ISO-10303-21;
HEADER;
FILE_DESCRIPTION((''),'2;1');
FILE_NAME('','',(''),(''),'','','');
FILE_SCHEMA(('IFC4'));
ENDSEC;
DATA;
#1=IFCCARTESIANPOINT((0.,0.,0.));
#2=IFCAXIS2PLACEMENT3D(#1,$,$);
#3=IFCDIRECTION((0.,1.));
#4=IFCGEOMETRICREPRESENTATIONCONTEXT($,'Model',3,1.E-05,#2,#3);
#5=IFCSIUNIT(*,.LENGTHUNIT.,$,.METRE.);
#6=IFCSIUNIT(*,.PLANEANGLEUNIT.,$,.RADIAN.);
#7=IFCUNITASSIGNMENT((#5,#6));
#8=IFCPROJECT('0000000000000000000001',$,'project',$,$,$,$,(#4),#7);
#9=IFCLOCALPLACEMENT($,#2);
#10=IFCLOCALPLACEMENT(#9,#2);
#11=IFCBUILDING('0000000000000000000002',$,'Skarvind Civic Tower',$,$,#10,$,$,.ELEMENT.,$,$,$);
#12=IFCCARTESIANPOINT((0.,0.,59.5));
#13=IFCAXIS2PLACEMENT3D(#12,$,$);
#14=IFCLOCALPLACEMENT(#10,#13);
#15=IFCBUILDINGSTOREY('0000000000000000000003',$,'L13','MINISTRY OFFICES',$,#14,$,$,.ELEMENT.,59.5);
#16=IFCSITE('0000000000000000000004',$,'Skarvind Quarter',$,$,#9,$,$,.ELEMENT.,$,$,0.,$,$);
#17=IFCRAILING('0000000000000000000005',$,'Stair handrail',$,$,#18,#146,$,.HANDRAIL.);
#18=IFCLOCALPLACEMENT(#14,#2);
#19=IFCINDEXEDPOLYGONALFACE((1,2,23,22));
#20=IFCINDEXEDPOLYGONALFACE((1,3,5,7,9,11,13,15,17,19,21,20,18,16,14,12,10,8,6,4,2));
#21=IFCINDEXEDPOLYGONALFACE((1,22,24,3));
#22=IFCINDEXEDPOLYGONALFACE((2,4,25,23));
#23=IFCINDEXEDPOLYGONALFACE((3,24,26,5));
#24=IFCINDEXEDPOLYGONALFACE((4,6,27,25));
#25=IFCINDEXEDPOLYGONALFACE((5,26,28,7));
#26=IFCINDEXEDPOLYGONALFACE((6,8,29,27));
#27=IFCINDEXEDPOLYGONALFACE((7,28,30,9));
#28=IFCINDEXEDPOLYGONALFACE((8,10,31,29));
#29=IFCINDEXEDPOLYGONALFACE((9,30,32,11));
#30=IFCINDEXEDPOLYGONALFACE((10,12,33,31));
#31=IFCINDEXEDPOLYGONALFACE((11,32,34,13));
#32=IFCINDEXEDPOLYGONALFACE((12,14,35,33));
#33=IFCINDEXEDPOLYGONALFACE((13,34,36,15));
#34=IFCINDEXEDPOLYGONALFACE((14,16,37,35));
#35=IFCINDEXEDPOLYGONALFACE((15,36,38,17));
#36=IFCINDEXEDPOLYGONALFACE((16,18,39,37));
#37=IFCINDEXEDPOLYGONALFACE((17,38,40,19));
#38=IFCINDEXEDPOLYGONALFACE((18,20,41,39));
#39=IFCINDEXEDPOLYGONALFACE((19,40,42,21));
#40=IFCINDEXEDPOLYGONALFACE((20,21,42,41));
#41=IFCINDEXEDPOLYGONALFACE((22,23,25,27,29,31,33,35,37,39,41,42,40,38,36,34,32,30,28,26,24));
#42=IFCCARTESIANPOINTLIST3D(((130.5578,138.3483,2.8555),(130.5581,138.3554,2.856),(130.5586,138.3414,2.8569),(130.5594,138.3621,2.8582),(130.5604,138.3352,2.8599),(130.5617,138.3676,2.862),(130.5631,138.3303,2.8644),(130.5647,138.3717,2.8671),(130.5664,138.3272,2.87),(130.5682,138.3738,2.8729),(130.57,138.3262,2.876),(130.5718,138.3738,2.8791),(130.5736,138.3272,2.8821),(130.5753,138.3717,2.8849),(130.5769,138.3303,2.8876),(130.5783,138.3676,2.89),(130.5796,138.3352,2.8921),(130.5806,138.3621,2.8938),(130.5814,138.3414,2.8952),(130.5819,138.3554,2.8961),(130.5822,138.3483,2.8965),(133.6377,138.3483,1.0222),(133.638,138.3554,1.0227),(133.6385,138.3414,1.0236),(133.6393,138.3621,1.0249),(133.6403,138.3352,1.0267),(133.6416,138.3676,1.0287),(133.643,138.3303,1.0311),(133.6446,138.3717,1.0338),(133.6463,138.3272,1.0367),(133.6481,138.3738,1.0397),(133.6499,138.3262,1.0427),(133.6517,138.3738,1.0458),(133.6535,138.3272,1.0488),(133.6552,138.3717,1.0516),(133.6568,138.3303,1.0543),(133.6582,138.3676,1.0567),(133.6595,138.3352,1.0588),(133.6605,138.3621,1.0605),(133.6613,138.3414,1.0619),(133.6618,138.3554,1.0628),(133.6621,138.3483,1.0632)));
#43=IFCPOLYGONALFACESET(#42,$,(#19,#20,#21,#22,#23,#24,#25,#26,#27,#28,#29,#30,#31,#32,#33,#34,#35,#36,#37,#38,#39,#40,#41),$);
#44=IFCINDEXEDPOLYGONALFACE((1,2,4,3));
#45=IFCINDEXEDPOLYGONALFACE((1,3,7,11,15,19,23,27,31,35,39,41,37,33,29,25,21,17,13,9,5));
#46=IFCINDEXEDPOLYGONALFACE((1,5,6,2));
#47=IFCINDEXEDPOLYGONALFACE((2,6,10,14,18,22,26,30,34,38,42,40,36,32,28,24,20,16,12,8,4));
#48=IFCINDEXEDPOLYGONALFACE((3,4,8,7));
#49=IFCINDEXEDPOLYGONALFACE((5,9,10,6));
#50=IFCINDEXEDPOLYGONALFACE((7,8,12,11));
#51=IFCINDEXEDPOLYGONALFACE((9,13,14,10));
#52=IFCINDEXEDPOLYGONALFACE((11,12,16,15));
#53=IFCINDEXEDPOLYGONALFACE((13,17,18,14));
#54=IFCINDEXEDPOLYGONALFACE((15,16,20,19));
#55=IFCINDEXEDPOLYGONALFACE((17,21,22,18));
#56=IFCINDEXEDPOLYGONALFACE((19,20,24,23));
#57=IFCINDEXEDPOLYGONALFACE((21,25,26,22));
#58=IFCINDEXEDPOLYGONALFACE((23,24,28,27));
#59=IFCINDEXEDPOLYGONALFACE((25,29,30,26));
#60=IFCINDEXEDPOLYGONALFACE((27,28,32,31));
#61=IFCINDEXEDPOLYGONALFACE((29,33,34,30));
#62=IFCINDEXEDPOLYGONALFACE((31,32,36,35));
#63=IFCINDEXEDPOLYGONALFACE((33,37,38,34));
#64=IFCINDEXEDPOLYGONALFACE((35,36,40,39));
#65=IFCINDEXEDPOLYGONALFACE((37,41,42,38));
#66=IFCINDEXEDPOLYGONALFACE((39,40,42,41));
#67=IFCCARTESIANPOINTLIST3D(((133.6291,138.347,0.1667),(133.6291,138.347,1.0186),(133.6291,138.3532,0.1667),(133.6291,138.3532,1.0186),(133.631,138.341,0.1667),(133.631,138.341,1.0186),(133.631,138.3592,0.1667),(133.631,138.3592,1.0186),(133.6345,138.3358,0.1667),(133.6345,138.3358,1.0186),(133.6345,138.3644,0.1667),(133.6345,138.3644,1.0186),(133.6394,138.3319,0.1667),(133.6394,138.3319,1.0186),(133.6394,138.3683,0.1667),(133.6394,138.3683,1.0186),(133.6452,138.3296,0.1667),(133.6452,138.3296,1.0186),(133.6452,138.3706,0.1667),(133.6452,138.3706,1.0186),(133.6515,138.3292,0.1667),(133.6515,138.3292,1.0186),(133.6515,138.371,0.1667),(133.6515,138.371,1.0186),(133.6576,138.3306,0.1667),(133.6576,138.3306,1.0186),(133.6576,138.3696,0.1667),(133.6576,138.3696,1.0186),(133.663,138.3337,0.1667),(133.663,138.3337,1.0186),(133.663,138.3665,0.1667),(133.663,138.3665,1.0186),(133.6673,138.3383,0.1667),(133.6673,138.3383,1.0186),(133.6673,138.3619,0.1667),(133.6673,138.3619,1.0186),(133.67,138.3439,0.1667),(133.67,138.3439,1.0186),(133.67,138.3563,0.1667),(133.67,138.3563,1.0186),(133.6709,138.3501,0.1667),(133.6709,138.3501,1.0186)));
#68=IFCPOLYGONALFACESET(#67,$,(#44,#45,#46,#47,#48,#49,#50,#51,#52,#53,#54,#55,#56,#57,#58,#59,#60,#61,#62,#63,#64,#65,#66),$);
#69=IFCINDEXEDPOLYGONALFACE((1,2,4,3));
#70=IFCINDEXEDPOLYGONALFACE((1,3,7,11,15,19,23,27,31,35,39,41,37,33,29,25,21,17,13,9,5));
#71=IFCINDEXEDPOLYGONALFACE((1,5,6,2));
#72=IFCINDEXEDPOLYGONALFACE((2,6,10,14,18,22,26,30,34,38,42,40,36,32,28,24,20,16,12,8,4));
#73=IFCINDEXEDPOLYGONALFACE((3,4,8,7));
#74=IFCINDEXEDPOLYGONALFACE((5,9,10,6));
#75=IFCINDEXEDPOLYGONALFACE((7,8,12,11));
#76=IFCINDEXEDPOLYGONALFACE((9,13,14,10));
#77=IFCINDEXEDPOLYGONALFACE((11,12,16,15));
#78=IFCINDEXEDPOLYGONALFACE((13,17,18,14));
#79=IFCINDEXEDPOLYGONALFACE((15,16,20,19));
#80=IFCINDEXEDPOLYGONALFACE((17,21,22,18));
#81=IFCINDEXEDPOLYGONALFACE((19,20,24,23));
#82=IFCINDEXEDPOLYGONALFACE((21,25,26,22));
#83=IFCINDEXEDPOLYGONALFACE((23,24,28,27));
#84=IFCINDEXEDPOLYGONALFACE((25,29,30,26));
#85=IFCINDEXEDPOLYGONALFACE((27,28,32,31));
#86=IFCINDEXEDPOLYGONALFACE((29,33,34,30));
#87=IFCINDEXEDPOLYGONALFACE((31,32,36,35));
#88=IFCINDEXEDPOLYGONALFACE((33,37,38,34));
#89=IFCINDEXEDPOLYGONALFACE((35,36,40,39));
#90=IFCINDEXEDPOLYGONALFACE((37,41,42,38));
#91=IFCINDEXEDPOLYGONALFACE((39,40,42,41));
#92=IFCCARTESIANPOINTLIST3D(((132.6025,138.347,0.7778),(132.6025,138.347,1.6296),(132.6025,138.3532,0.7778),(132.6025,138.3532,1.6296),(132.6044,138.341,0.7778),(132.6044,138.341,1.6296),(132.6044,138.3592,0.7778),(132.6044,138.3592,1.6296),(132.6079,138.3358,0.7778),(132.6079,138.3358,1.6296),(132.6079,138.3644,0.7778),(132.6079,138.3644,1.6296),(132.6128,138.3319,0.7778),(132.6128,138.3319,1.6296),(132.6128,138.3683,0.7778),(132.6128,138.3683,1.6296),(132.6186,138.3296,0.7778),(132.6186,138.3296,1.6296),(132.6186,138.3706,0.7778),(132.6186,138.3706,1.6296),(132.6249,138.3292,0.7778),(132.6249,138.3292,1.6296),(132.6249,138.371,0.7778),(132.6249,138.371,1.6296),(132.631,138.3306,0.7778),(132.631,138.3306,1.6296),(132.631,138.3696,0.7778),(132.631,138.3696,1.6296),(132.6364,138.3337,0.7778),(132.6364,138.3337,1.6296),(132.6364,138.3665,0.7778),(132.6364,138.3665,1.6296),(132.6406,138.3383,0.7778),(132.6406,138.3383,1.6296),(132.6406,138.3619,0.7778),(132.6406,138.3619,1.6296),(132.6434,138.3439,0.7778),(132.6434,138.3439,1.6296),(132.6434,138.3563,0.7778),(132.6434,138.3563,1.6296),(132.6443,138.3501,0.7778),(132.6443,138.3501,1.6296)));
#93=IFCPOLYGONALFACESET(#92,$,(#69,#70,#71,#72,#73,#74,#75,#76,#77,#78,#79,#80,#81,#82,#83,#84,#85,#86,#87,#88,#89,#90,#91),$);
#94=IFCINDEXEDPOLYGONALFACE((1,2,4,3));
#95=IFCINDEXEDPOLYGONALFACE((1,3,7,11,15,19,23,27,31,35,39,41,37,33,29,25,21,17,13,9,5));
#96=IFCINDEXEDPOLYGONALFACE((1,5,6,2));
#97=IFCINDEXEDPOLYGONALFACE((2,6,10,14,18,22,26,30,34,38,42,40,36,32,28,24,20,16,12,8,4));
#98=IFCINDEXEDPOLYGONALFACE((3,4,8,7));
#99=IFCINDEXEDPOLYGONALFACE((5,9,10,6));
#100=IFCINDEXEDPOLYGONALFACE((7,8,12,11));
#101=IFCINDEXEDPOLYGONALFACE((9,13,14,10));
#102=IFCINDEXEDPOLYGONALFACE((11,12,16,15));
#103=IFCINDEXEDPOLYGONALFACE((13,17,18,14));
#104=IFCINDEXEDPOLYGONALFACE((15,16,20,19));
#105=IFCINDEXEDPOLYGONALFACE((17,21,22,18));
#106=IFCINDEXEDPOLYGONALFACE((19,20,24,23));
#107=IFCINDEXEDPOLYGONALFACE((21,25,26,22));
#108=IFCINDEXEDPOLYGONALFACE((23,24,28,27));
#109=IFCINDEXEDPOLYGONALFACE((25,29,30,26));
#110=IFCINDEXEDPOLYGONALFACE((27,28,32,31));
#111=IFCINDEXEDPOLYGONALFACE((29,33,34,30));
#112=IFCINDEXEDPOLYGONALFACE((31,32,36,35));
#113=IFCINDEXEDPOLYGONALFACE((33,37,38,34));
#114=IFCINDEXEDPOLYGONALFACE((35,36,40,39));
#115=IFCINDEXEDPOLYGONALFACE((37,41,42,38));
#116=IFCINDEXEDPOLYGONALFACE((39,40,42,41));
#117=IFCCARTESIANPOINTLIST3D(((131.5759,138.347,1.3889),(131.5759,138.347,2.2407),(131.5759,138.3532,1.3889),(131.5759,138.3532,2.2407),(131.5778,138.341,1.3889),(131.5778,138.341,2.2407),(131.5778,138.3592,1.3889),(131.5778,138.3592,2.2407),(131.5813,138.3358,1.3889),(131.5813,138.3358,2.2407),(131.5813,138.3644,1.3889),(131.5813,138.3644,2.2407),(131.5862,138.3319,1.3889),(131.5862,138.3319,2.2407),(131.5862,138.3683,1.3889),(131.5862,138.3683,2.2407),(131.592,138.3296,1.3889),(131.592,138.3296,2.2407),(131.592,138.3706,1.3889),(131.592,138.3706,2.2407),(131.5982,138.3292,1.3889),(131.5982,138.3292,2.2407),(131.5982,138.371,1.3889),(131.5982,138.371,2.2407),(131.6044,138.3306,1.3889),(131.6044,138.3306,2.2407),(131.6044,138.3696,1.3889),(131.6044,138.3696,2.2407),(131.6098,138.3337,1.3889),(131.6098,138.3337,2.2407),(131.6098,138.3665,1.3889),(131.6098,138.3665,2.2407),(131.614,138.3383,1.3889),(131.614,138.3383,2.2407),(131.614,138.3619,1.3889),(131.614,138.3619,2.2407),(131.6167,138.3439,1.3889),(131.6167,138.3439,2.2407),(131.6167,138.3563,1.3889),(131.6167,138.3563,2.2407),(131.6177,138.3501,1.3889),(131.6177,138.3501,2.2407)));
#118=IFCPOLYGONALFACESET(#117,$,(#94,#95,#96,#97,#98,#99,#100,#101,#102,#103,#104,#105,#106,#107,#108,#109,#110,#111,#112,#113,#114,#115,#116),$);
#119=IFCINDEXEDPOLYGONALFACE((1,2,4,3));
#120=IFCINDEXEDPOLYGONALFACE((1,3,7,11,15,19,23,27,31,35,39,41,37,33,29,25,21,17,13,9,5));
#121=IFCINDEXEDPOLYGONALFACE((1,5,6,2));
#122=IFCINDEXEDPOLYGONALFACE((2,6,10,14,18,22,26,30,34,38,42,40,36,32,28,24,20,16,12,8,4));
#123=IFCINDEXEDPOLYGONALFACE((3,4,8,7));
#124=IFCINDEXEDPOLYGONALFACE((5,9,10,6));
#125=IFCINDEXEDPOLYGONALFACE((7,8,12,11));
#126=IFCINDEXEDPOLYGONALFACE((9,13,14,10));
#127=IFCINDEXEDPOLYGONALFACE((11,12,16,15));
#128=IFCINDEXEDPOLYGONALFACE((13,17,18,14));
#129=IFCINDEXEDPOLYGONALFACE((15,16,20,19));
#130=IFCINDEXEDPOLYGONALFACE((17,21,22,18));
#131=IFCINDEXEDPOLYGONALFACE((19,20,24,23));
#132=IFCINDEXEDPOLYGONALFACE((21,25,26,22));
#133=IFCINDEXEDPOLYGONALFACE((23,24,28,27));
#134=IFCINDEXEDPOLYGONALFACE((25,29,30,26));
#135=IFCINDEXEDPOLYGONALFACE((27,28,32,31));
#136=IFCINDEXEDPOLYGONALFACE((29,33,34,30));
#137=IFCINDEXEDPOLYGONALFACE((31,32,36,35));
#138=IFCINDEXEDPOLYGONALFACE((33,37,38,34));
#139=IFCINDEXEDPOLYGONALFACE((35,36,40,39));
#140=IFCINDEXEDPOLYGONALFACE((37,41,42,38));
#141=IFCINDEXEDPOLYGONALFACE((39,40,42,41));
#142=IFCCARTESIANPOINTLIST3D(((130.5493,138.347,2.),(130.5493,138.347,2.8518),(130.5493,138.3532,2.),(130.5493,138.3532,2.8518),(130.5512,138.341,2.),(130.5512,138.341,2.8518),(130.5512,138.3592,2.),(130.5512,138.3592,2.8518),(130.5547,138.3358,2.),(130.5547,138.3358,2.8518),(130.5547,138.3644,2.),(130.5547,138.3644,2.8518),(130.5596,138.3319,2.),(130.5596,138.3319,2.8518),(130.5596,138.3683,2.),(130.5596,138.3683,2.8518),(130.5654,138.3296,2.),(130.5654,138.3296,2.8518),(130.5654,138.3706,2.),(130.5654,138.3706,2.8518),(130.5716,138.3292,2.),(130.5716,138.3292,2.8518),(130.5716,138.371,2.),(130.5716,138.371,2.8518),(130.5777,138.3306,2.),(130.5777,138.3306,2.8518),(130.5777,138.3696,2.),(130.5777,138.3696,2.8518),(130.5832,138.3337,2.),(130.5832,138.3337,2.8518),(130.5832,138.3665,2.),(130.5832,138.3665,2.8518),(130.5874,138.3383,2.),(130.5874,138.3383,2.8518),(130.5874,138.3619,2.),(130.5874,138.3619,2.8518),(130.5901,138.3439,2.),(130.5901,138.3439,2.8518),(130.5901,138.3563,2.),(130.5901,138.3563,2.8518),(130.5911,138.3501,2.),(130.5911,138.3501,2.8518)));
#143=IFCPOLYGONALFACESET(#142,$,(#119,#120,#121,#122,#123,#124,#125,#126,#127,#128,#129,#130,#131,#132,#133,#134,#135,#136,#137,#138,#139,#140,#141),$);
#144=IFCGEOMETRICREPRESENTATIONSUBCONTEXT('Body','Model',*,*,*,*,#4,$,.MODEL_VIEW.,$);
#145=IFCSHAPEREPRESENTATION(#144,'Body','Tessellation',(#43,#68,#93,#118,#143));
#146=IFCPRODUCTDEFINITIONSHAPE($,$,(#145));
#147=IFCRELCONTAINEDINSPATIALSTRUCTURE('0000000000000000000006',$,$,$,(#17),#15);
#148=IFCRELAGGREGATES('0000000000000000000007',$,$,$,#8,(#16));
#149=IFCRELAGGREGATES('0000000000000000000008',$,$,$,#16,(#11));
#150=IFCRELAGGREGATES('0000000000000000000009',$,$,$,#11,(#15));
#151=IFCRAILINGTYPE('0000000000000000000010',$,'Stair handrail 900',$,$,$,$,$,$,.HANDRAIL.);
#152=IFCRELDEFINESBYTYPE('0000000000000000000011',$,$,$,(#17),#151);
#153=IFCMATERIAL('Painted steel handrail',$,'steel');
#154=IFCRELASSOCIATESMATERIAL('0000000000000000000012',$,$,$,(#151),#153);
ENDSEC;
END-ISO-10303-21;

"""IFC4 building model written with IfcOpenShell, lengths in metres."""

from ifc_helpers import new_model, si_unit, direction, frame, origin, origin_2d, place, context, subcontext, project, spatial, circle, extrude, material, type_object, element, save


model = new_model("IFC4")

# Units and contexts
model_context = context("Model", 3, precision=1e-05, world=origin(), true_north=direction((0.0, 1.0)))
body_context = subcontext(model_context, "Body", "Model", "MODEL_VIEW")
ifc_project = project(units=[si_unit("LENGTHUNIT", "METRE"), si_unit("PLANEANGLEUNIT", "RADIAN")], contexts=[model_context])

# Site, building, storey
site_placement = place(None, origin())
site = spatial("IfcSite", under=ifc_project, at=site_placement, Name="Skarvind Quarter", CompositionType="ELEMENT", RefElevation=0.0)
building_placement = place(site_placement, origin())
building = spatial("IfcBuilding", under=site, at=building_placement, Name="Skarvind Civic Tower", CompositionType="ELEMENT")
storey_placement = place(building_placement, frame((0.0, 0.0, 59.5)))
storey = spatial("IfcBuildingStorey", under=building, at=storey_placement, Name="L13", Description="MINISTRY OFFICES", CompositionType="ELEMENT", Elevation=59.5)

# Railing
ifc_material_1 = material(Name="Painted steel handrail", Category="steel")
railing_type = type_object("IfcRailingType", Name="Stair handrail 900", PredefinedType="HANDRAIL", material=ifc_material_1)
railing_1_placement = place(storey_placement, frame((133.6499, 138.3501, 0.1667)))
element("IfcRailing", 1, at=railing_1_placement, inside=storey, type_object=railing_type, Name="Stair handrail", PredefinedType="HANDRAIL", context=body_context, shape_type="SweptSolid", body=[
    extrude(circle(Radius=0.0239, at=origin_2d()), frame((0.0, 0.0, 0.876), z_axis=(-0.859291, 0.0, 0.511487), x_axis=(0.0, -1.0, 0.0)), (0.0, 0.0, 1.0), 3.5842),
    extrude(circle(Radius=0.021, at=origin_2d()), origin(), (0.0, 0.0, 1.0), 0.8518),
    extrude(circle(Radius=0.021, at=origin_2d()), frame((-1.0266, 0.0, 0.6111)), (0.0, 0.0, 1.0), 0.8518),
    extrude(circle(Radius=0.021, at=origin_2d()), frame((-2.0532, 0.0, 1.2222)), (0.0, 0.0, 1.0), 0.8518),
    extrude(circle(Radius=0.021, at=origin_2d()), frame((-3.0798, 0.0, 1.8333)), (0.0, 0.0, 1.0), 0.8518),
])

save(model, "model.ifc")
